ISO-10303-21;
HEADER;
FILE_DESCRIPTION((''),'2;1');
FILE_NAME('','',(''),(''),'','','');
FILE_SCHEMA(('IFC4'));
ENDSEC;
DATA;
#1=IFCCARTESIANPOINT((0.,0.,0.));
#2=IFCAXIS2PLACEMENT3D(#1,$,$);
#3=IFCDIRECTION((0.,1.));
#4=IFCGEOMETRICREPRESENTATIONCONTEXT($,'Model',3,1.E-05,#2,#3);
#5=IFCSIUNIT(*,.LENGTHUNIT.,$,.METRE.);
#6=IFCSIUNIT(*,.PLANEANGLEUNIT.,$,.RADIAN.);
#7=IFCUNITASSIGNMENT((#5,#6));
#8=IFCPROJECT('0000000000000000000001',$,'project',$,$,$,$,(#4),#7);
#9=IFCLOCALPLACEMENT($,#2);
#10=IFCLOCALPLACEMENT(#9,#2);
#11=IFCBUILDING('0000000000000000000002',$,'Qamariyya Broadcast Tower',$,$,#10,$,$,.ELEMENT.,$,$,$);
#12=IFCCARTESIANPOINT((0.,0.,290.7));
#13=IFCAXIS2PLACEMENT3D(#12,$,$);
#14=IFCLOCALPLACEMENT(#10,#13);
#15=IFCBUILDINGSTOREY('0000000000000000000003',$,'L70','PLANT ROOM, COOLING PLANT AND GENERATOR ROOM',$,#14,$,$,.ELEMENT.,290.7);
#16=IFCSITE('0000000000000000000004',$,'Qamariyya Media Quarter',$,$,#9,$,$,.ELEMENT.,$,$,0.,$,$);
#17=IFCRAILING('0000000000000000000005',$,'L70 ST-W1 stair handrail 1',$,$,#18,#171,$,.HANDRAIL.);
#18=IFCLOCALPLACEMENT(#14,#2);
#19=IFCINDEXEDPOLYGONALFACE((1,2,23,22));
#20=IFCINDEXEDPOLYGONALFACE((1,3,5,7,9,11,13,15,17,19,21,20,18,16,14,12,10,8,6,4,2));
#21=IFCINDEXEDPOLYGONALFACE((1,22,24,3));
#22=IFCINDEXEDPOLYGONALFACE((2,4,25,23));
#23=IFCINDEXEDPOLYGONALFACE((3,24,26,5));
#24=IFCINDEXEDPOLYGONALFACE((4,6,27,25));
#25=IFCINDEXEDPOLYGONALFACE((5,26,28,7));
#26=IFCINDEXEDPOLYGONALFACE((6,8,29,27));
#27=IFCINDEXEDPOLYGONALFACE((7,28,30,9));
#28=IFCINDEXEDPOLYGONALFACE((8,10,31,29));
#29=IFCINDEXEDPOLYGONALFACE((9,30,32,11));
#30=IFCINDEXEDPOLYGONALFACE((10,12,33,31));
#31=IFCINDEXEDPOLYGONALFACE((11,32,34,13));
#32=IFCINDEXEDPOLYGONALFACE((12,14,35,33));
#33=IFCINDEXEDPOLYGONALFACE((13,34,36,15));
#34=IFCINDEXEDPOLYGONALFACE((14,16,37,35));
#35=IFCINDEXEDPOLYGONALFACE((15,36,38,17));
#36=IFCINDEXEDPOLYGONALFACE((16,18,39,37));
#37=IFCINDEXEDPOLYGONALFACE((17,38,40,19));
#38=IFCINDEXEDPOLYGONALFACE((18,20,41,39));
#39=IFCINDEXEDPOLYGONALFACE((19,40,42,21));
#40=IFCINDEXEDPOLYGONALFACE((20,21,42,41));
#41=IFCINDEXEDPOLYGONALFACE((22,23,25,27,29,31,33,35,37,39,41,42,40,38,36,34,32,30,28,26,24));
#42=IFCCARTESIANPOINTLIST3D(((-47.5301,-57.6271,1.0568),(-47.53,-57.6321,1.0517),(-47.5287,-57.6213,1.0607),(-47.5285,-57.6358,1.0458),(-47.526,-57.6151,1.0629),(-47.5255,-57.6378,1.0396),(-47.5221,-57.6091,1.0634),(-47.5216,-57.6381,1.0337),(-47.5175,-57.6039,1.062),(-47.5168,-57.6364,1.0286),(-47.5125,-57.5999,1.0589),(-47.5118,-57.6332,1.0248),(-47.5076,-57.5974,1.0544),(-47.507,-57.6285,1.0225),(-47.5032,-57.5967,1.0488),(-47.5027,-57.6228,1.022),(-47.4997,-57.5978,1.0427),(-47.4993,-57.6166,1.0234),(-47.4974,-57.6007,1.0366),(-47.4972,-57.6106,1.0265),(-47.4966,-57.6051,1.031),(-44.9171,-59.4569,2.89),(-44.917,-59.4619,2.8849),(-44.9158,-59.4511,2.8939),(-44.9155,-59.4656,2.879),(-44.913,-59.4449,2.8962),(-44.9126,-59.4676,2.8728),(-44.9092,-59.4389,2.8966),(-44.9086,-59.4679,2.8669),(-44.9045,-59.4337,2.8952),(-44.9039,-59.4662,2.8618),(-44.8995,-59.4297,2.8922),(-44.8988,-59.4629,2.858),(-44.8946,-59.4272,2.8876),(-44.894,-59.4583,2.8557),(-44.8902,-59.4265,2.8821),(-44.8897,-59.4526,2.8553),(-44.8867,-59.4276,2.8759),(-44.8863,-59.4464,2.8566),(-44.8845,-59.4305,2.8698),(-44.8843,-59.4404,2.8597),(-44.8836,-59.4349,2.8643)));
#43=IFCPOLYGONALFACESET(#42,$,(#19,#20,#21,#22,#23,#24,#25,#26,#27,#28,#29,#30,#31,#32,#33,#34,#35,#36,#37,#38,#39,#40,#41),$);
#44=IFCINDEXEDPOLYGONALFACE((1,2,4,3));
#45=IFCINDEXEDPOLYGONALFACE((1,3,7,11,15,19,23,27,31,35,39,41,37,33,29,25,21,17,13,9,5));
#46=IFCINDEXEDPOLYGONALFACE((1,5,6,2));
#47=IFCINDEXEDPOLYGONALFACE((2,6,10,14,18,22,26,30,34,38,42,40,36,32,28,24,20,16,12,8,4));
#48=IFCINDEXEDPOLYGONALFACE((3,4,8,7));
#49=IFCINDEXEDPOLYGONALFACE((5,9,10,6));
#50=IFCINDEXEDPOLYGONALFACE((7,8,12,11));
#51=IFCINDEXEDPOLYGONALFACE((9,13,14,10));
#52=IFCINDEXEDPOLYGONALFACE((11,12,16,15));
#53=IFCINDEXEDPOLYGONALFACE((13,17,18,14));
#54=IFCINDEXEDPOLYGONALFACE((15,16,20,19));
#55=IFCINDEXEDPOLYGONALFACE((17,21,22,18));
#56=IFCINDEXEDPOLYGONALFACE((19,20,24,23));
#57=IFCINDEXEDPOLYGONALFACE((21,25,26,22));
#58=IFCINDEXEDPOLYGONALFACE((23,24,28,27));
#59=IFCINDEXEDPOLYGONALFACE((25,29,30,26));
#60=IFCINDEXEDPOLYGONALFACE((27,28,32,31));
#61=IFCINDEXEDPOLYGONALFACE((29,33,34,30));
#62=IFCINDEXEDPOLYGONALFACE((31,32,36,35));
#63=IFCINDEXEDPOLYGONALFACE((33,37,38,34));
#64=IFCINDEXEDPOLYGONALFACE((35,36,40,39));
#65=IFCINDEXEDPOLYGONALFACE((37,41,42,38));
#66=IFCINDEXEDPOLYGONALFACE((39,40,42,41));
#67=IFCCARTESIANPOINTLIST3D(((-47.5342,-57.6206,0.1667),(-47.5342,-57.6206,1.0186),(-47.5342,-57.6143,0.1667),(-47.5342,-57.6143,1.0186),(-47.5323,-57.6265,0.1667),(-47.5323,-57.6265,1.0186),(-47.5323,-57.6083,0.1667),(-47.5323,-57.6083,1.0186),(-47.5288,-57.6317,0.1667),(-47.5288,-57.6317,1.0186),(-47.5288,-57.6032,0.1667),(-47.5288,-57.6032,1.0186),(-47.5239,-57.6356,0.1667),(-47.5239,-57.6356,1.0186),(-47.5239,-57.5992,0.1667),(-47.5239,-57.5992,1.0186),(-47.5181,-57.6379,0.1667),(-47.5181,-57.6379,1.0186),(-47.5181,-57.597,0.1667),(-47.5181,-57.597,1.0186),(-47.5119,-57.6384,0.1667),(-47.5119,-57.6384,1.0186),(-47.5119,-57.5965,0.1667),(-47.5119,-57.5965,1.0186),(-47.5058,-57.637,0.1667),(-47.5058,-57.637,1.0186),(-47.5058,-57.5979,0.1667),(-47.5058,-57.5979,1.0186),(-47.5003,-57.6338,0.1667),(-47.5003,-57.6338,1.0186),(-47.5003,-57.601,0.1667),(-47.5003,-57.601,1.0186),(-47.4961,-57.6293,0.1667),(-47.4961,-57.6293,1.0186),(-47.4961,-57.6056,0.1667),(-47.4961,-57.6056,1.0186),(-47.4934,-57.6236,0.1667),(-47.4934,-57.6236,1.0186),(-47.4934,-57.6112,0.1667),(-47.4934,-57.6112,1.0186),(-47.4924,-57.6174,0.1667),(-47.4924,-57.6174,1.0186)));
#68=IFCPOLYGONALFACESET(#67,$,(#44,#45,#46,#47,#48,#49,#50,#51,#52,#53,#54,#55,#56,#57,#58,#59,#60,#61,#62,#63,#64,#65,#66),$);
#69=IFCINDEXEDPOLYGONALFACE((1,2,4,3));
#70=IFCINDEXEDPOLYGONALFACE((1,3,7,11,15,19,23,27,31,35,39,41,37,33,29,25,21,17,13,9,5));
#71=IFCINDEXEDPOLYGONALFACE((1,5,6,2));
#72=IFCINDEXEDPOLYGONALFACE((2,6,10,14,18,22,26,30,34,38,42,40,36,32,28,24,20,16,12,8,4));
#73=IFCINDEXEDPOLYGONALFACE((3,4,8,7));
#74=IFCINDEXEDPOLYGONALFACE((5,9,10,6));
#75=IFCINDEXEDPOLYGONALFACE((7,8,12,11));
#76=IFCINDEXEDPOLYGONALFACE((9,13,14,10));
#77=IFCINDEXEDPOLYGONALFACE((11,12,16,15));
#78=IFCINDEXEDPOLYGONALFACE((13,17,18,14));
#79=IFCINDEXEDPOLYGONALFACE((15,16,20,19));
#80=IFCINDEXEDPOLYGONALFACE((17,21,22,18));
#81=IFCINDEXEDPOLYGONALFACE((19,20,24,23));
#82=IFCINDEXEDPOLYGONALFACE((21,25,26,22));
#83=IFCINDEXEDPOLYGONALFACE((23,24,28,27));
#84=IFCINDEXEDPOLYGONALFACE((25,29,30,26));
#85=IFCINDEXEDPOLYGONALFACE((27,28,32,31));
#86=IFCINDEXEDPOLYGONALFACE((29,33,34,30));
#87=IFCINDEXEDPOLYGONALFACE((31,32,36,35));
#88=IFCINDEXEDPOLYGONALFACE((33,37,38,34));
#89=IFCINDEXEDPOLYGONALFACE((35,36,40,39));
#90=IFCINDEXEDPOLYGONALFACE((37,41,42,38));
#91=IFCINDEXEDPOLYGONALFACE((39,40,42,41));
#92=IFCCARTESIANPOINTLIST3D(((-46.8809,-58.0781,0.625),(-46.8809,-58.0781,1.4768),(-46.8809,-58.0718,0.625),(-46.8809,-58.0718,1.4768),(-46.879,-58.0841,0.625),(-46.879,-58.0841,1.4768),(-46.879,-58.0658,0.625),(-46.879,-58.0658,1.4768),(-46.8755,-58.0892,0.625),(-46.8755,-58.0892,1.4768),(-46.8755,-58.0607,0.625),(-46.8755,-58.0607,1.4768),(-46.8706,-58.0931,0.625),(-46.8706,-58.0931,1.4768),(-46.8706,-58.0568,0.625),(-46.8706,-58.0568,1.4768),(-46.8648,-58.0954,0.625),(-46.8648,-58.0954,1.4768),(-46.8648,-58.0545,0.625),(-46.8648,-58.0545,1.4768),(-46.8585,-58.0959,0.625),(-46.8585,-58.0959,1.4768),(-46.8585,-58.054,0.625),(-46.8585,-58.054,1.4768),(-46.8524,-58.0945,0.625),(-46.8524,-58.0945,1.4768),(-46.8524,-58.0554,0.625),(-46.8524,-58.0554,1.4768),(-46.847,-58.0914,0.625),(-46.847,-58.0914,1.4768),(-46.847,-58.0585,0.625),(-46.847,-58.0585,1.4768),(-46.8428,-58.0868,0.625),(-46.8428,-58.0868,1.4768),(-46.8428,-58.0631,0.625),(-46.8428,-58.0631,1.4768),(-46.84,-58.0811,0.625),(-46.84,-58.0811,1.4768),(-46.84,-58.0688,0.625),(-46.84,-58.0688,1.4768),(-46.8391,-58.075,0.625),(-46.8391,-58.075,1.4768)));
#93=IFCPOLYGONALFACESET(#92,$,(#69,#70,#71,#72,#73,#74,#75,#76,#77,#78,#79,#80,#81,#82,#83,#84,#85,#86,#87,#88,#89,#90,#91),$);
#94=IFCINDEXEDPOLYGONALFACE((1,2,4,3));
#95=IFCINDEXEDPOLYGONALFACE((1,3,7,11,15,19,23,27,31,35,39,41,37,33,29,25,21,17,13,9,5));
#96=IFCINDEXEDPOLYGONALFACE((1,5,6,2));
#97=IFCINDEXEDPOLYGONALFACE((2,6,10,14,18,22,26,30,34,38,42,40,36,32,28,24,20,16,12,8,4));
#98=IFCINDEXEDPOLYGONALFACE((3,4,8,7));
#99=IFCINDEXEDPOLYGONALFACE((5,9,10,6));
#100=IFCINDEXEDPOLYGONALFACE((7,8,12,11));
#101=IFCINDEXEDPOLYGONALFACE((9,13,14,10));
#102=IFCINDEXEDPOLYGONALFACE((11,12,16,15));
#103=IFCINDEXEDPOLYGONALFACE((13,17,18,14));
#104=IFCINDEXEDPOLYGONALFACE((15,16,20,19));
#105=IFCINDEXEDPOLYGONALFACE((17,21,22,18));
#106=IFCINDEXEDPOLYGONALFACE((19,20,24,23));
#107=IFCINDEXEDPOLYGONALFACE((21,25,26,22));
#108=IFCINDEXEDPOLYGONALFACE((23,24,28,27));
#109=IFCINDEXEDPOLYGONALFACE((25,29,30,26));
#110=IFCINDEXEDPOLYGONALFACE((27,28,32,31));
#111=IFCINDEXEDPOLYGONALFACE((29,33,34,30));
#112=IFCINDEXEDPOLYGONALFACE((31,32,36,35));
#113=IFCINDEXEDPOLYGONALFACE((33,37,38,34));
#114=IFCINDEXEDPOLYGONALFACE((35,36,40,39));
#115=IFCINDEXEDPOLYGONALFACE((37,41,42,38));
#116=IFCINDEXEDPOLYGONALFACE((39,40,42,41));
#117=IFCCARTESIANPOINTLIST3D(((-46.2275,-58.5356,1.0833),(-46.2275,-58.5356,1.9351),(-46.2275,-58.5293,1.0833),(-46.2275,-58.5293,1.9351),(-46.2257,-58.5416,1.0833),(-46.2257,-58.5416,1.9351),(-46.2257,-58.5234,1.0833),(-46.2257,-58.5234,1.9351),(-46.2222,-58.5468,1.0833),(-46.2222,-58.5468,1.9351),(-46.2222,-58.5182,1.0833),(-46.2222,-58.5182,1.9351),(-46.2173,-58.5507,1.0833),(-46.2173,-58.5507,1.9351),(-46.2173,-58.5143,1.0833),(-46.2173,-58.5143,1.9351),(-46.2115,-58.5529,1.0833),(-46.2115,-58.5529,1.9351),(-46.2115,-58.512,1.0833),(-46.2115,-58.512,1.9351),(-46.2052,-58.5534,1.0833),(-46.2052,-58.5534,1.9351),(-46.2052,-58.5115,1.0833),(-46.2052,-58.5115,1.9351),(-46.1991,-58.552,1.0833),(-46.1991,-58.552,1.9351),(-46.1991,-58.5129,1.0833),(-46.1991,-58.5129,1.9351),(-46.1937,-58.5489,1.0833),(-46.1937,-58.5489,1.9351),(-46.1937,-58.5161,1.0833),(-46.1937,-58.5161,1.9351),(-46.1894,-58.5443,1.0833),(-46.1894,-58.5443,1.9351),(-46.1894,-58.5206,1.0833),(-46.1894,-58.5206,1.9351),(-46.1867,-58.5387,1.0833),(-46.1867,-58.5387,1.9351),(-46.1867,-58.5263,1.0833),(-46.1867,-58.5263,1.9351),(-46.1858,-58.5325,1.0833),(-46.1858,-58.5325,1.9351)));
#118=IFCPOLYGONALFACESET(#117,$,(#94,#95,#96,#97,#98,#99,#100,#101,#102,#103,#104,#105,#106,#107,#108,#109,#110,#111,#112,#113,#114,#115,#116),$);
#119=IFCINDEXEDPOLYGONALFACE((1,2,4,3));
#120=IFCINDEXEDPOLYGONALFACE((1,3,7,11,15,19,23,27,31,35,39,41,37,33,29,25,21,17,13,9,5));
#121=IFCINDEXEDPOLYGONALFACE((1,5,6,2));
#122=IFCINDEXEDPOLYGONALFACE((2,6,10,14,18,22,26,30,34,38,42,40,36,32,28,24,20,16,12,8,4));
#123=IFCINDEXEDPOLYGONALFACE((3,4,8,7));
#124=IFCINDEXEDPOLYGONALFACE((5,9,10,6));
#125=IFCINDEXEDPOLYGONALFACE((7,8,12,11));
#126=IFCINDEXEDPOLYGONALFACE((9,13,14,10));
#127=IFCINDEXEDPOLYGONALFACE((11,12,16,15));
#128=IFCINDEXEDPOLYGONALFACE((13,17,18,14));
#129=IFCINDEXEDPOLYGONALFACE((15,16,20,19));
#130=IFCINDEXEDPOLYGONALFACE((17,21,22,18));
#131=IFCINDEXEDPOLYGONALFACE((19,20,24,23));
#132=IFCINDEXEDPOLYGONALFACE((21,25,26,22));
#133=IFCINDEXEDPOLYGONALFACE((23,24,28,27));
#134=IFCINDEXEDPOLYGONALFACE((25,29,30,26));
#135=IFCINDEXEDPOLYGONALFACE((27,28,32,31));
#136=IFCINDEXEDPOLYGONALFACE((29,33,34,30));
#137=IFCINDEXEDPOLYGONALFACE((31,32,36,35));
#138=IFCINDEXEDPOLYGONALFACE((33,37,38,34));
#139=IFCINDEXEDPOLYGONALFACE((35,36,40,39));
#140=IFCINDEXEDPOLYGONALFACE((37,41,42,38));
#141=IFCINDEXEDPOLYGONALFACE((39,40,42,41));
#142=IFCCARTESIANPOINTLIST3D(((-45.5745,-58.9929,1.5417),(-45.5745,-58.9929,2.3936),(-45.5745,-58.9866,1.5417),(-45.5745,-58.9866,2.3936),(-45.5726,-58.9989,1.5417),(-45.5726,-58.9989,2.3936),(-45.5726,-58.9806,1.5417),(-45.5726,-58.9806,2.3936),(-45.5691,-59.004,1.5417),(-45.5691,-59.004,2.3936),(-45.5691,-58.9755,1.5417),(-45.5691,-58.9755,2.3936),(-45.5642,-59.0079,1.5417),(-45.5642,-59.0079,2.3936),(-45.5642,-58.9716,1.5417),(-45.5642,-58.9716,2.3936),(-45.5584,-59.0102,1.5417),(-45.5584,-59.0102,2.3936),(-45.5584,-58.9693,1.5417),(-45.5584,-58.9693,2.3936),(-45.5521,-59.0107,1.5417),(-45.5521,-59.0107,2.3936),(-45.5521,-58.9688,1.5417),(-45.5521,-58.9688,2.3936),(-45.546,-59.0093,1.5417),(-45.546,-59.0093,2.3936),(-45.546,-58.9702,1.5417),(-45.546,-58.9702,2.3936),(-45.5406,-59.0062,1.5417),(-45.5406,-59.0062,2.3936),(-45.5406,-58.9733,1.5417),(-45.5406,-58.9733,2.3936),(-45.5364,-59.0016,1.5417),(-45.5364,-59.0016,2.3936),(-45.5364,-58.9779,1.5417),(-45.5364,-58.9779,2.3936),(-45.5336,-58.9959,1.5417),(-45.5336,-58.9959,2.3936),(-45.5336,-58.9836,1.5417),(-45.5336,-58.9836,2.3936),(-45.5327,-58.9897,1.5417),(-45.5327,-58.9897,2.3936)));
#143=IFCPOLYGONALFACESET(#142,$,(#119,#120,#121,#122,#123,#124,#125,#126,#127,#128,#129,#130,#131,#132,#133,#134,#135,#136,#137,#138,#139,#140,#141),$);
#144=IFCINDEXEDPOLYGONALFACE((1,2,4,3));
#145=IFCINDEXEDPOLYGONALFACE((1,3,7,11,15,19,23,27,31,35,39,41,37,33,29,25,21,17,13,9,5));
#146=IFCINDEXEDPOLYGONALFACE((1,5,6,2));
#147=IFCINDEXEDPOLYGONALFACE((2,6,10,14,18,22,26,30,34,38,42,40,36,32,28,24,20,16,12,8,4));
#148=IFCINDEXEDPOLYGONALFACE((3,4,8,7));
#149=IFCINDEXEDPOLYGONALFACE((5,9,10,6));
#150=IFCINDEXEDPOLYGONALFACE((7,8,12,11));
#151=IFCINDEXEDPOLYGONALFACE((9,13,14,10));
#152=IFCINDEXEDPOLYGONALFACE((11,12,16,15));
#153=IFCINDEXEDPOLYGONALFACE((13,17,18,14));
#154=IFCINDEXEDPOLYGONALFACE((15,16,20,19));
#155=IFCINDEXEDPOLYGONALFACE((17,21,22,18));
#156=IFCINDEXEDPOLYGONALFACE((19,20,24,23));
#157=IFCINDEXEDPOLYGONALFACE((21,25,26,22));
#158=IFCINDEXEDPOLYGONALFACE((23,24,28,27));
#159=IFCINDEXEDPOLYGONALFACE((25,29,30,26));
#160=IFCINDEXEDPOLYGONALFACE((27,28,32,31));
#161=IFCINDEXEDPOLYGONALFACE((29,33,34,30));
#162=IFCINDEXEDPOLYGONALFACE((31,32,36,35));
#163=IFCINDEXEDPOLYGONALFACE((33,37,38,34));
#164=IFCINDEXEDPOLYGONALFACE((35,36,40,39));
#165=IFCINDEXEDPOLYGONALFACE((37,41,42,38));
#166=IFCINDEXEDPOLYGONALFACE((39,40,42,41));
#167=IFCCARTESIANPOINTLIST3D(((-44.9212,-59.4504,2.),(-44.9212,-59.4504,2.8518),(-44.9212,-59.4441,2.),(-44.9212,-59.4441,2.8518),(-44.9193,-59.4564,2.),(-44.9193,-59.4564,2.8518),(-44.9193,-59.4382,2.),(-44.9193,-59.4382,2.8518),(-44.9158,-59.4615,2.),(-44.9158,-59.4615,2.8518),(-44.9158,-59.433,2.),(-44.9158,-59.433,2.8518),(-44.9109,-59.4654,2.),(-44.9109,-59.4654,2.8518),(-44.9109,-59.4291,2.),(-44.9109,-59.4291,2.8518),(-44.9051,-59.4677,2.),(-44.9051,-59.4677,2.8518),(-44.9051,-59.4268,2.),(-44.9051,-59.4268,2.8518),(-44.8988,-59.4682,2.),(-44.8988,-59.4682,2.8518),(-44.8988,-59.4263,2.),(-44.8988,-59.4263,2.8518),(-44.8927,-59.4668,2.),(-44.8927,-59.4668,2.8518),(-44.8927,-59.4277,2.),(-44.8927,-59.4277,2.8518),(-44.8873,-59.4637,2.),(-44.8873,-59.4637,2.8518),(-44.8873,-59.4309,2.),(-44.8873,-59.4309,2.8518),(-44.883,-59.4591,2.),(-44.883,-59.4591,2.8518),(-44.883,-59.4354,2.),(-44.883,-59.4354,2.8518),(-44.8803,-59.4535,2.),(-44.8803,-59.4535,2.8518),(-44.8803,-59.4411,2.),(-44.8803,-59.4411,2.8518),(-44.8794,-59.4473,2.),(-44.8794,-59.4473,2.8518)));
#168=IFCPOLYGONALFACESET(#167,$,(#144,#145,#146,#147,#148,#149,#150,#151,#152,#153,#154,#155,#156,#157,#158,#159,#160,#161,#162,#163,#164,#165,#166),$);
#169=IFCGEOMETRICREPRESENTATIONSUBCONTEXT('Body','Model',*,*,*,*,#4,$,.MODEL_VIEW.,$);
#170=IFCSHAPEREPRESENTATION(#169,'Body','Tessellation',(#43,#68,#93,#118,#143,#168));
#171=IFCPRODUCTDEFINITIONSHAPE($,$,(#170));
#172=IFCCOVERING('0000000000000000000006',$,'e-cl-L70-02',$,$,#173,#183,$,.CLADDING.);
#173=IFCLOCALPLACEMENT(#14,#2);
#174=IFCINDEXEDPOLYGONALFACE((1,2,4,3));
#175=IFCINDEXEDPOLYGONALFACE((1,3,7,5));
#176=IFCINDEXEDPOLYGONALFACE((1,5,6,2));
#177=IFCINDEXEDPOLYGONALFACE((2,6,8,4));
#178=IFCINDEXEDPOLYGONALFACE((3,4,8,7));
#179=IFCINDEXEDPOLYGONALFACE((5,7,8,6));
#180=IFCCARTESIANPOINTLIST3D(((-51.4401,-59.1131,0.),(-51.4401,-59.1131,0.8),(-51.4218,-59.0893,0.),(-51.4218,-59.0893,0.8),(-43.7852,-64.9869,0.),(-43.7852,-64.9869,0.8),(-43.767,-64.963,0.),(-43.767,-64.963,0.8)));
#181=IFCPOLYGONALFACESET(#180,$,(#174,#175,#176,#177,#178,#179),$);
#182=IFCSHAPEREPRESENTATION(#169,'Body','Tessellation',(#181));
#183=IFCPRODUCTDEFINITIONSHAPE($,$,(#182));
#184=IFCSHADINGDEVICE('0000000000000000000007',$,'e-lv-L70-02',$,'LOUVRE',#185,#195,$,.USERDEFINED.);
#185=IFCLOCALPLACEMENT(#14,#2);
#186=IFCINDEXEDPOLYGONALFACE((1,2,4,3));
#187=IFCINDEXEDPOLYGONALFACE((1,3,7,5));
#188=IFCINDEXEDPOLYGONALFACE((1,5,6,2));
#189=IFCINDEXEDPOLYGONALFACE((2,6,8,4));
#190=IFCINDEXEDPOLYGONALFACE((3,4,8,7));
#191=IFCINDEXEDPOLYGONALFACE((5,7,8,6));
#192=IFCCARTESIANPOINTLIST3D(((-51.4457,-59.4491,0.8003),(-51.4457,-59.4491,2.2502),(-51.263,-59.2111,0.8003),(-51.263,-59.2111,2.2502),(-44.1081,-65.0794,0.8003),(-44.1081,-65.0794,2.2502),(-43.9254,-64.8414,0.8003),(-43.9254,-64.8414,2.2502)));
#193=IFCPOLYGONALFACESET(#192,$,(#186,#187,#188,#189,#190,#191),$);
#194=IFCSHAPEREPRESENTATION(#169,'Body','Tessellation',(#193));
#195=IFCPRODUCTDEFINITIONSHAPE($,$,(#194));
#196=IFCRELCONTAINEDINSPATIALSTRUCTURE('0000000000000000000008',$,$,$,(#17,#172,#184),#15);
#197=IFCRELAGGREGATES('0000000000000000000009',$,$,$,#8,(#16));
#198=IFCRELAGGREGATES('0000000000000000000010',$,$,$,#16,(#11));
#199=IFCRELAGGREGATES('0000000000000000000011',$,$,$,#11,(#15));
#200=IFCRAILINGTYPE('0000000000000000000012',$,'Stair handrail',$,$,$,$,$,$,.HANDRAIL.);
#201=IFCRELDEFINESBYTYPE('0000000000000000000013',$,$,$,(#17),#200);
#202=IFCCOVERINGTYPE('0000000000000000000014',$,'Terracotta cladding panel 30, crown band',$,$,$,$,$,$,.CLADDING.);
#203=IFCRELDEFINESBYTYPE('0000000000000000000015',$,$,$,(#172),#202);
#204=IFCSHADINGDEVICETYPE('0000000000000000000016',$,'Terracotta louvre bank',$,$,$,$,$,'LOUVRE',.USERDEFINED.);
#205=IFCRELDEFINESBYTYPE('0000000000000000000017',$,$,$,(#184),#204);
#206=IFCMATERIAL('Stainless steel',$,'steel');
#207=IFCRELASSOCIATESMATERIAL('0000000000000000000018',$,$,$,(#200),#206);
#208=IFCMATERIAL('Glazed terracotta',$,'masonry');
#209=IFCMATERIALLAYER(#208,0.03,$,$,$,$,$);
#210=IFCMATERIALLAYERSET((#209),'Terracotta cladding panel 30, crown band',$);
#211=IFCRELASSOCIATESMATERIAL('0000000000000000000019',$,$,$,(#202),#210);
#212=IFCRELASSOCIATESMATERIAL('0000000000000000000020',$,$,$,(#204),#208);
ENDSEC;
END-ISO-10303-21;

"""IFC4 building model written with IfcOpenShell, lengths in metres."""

from ifc_helpers import new_model, si_unit, direction, frame, origin, origin_2d, place, context, subcontext, project, spatial, rectangle, circle, extrude, material, layer, layer_set, type_object, element, save


model = new_model("IFC4")

# Units and contexts
model_context = context("Model", 3, precision=1e-05, world=origin(), true_north=direction((0.0, 1.0)))
body_context = subcontext(model_context, "Body", "Model", "MODEL_VIEW")
ifc_project = project(units=[si_unit("LENGTHUNIT", "METRE"), si_unit("PLANEANGLEUNIT", "RADIAN")], contexts=[model_context])

# Site, building, storey
site_placement = place(None, origin())
site = spatial("IfcSite", under=ifc_project, at=site_placement, Name="Qamariyya Media Quarter", CompositionType="ELEMENT", RefElevation=0.0)
building_placement = place(site_placement, origin())
building = spatial("IfcBuilding", under=site, at=building_placement, Name="Qamariyya Broadcast Tower", CompositionType="ELEMENT")
storey_placement = place(building_placement, frame((0.0, 0.0, 290.7)))
storey = spatial("IfcBuildingStorey", under=building, at=storey_placement, Name="L70", Description="PLANT ROOM, COOLING PLANT AND GENERATOR ROOM", CompositionType="ELEMENT", Elevation=290.7)

# Railing
ifc_material_1 = material(Name="Stainless steel", Category="steel")
railing_type_1 = type_object("IfcRailingType", Name="Stair handrail", PredefinedType="HANDRAIL", material=ifc_material_1)
railing_1_placement = place(storey_placement, frame((-47.5134, -57.6174, 0.1667)))
element("IfcRailing", 1, at=railing_1_placement, inside=storey, type_object=railing_type_1, Name="L70 ST-W1 stair handrail 1", PredefinedType="HANDRAIL", context=body_context, shape_type="SweptSolid", body=[
    extrude(circle(Radius=0.0239, at=origin_2d()), frame((0.0, 0.0, 0.876), z_axis=(0.710204, -0.497335, 0.498264), x_axis=(0.573611, 0.819128, 0.0)), (0.0, 0.0, 1.0), 3.6792),
    extrude(circle(Radius=0.021, at=origin_2d()), origin(), (0.0, 0.0, 1.0), 0.8518),
    extrude(circle(Radius=0.021, at=origin_2d()), frame((0.6533, -0.4575, 0.4583)), (0.0, 0.0, 1.0), 0.8518),
    extrude(circle(Radius=0.021, at=origin_2d()), frame((1.3066, -0.915, 0.9165)), (0.0, 0.0, 1.0), 0.8518),
    extrude(circle(Radius=0.021, at=origin_2d()), frame((1.9597, -1.3723, 1.375)), (0.0, 0.0, 1.0), 0.8518),
    extrude(circle(Radius=0.021, at=origin_2d()), frame((2.613, -1.8298, 1.8333)), (0.0, 0.0, 1.0), 0.8518),
])

# Covering
ifc_material_2 = material(Name="Glazed terracotta", Category="masonry")
ifc_layer_1 = layer(ifc_material_2, 0.03)
ifc_layer_set_1 = layer_set([ifc_layer_1], Name="Terracotta cladding panel 30, crown band")
covering_type = type_object("IfcCoveringType", Name="Terracotta cladding panel 30, crown band", PredefinedType="CLADDING", material=ifc_layer_set_1)
covering_placement = place(storey_placement, frame((-47.6035, -62.0381, 0.0), z_axis=(0.0, 0.0, 1.0), x_axis=(0.793353, -0.608761, 0.0)))
element("IfcCovering", 2, at=covering_placement, inside=storey, type_object=covering_type, Name="e-cl-L70-02", PredefinedType="CLADDING", context=body_context, shape_type="SweptSolid", body=[
    extrude(rectangle(XDim=9.6487, YDim=0.03, at=origin_2d()), origin(), (0.0, 0.0, 1.0), 0.8),
])

# Shading device
shading_device_type = type_object("IfcShadingDeviceType", Name="Terracotta louvre bank", ElementType="LOUVRE", PredefinedType="USERDEFINED", material=ifc_material_2)
shading_device_placement = place(storey_placement, frame((-47.6855, -62.1453, 0.8003), z_axis=(0.0, 0.0, 1.0), x_axis=(0.793353, -0.608761, 0.0)))
element("IfcShadingDevice", 3, at=shading_device_placement, inside=storey, type_object=shading_device_type, Name="e-lv-L70-02", ObjectType="LOUVRE", PredefinedType="USERDEFINED", context=body_context, shape_type="SweptSolid", body=[
    extrude(rectangle(XDim=9.2488, YDim=0.3, at=origin_2d()), origin(), (0.0, 0.0, 1.0), 1.45),
])

save(model, "model.ifc")
